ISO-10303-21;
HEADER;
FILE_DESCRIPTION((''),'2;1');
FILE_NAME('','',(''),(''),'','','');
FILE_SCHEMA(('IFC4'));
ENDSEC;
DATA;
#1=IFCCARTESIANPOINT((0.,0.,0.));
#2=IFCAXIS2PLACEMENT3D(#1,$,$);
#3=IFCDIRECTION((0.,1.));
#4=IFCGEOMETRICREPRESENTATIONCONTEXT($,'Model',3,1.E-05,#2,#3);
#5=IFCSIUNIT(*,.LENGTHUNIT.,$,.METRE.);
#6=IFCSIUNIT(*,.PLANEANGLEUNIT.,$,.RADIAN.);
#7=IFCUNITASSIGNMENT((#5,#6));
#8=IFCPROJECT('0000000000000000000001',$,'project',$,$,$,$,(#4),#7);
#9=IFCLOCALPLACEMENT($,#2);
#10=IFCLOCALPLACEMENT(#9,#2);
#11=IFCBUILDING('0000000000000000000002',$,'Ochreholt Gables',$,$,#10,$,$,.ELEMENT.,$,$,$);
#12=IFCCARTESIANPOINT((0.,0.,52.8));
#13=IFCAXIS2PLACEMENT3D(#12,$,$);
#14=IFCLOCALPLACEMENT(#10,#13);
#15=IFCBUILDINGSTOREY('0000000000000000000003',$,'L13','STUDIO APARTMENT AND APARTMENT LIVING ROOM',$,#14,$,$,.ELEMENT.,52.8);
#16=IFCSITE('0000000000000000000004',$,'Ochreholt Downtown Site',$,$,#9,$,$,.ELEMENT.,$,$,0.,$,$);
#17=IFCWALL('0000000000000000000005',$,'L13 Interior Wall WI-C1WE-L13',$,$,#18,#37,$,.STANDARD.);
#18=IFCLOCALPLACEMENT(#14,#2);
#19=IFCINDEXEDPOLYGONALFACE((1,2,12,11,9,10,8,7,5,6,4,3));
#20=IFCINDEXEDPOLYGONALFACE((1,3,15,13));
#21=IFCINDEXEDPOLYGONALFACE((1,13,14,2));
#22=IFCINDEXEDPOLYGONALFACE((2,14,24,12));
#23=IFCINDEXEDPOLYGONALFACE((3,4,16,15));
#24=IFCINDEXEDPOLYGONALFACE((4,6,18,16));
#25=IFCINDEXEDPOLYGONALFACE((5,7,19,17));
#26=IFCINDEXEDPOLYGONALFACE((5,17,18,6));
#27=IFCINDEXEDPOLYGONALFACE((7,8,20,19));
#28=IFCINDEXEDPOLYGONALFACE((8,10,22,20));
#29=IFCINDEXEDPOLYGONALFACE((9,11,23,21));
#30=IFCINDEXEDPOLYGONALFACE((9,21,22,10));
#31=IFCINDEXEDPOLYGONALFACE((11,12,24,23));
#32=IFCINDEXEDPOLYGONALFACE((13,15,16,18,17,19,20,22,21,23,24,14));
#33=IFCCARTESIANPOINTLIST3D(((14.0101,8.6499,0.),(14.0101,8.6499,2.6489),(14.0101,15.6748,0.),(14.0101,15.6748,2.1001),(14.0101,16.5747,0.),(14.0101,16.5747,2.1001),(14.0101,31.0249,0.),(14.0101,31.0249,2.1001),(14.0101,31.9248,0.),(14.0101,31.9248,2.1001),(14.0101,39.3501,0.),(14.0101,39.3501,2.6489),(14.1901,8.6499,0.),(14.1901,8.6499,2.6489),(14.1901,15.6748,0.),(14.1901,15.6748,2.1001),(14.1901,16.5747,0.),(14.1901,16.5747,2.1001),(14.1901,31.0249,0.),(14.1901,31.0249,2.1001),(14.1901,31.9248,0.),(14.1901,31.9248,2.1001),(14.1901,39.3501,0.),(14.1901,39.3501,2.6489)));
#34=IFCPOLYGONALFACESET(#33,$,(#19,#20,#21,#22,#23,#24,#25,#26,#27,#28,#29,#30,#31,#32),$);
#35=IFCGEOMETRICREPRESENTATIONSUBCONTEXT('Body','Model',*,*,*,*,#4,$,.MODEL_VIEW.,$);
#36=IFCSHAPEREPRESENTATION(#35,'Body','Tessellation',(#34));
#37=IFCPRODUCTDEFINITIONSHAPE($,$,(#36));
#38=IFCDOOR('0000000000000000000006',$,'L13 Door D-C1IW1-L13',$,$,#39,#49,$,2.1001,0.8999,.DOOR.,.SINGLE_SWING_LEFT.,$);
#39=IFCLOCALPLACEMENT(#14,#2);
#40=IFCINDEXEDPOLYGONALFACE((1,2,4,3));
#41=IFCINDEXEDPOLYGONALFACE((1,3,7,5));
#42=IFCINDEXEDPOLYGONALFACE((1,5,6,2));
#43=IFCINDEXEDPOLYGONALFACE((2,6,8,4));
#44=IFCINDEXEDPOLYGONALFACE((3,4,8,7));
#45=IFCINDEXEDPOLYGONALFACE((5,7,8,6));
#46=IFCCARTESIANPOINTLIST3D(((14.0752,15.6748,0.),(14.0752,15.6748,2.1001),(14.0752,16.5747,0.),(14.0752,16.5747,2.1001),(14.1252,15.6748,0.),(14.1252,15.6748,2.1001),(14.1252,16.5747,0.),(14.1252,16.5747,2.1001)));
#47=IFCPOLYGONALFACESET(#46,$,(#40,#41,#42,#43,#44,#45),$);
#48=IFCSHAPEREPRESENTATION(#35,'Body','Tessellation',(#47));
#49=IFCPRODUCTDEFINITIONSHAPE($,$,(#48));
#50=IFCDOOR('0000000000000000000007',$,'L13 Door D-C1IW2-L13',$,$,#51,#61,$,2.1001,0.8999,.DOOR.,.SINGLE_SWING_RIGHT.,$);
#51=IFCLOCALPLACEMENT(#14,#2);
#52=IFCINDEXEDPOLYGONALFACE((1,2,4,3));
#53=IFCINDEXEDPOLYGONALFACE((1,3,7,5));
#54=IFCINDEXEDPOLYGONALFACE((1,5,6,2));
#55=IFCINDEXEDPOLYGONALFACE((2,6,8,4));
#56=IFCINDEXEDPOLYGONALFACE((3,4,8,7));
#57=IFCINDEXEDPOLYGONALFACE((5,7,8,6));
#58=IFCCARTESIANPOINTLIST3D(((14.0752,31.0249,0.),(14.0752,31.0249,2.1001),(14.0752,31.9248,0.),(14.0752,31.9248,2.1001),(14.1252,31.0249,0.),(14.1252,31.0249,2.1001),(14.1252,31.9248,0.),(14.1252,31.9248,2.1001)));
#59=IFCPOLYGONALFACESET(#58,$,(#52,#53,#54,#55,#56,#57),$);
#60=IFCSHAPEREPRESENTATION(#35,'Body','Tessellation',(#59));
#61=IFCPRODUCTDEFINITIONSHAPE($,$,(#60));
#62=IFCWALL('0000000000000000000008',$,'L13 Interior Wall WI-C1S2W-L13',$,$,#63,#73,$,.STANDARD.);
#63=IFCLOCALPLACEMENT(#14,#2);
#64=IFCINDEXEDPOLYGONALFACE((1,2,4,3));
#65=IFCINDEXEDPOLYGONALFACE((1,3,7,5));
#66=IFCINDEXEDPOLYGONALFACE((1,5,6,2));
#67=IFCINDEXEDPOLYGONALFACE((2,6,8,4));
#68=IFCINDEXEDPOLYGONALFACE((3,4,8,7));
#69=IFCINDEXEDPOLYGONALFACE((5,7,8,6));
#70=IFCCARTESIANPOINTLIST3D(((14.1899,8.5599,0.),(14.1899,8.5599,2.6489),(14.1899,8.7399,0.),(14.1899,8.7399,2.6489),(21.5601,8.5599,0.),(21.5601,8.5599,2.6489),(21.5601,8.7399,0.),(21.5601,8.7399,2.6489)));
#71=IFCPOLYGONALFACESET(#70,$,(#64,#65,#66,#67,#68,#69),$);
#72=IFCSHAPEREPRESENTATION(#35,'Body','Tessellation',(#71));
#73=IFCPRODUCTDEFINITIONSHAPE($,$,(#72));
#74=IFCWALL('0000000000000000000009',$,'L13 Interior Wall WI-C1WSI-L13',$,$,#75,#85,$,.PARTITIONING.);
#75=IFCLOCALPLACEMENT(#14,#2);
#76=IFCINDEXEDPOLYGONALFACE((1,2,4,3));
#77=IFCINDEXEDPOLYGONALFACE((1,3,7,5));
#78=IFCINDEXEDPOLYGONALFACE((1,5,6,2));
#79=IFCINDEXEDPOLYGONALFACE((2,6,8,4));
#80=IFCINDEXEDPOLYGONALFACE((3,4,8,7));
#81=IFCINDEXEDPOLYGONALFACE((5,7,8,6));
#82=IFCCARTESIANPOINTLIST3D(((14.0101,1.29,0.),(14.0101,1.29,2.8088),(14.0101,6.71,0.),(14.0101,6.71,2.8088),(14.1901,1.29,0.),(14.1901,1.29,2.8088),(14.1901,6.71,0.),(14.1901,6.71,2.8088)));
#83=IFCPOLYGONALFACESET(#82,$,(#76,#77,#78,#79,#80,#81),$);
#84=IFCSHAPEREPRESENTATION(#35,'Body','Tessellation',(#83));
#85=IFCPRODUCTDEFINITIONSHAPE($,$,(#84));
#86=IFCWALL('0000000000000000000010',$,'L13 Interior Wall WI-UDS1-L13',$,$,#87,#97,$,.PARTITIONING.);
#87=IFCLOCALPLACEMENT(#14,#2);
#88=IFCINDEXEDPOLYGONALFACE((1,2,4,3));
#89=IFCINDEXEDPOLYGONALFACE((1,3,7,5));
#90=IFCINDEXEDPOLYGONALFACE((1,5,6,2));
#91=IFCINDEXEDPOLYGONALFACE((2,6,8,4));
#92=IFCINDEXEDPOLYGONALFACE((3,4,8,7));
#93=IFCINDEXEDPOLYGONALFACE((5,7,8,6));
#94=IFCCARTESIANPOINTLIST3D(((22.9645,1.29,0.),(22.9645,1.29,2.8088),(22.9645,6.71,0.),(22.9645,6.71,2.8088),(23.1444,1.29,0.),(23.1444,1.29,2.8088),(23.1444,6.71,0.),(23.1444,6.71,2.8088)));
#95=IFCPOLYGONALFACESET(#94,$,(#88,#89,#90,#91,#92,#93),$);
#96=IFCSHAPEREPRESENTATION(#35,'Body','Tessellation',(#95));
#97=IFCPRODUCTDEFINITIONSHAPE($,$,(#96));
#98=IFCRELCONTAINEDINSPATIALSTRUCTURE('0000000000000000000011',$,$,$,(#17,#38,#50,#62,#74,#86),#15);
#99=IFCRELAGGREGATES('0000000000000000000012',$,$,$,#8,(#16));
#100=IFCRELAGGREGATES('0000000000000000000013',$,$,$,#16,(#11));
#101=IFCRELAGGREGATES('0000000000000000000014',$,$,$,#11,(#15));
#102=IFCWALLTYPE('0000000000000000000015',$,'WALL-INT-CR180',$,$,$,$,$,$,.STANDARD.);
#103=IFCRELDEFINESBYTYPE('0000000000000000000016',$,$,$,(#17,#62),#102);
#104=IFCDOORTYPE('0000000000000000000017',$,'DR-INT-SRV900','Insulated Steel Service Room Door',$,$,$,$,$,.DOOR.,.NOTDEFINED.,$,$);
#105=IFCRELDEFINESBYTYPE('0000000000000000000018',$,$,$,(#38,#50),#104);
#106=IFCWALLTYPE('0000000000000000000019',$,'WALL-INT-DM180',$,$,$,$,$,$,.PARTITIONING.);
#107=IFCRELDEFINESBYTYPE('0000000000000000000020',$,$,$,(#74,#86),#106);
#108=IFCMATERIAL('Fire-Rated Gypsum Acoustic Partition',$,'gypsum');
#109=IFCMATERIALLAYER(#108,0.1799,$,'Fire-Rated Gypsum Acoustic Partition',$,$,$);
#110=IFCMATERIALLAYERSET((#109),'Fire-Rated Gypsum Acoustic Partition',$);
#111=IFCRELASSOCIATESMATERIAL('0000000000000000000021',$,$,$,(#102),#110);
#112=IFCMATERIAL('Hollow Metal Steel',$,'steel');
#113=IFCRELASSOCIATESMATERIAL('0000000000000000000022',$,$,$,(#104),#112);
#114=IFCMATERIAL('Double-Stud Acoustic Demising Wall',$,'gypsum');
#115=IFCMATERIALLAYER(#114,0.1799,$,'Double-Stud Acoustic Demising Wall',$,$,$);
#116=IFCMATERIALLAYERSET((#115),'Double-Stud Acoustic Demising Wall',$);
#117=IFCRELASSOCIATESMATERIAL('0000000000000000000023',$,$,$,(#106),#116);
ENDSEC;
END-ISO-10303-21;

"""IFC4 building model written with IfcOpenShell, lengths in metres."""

from ifc_helpers import new_model, si_unit, direction, frame, frame_2d, origin, place, context, subcontext, project, spatial, rectangle, extrude, material, layer, layer_set, type_object, element, fill, save


model = new_model("IFC4")

# Units and contexts
model_context = context("Model", 3, precision=1e-05, world=origin(), true_north=direction((0.0, 1.0)))
body_context = subcontext(model_context, "Body", "Model", "MODEL_VIEW")
ifc_project = project(units=[si_unit("LENGTHUNIT", "METRE"), si_unit("PLANEANGLEUNIT", "RADIAN")], contexts=[model_context])

# Site, building, storey
site_placement = place(None, origin())
site = spatial("IfcSite", under=ifc_project, at=site_placement, Name="Ochreholt Downtown Site", CompositionType="ELEMENT", RefElevation=0.0)
building_placement = place(site_placement, origin())
building = spatial("IfcBuilding", under=site, at=building_placement, Name="Ochreholt Gables", CompositionType="ELEMENT")
storey_placement = place(building_placement, frame((0.0, 0.0, 52.8)))
storey = spatial("IfcBuildingStorey", under=building, at=storey_placement, Name="L13", Description="STUDIO APARTMENT AND APARTMENT LIVING ROOM", CompositionType="ELEMENT", Elevation=52.8)

# Shared definitions
ifc_material_1 = material(Name="Fire-Rated Gypsum Acoustic Partition", Category="gypsum")
ifc_layer_1 = layer(ifc_material_1, 0.1799, Name="Fire-Rated Gypsum Acoustic Partition")
ifc_layer_set_1 = layer_set([ifc_layer_1], Name="Fire-Rated Gypsum Acoustic Partition")
wall_type_1 = type_object("IfcWallType", Name="WALL-INT-CR180", PredefinedType="STANDARD", material=ifc_layer_set_1)

# Wall, openings, doors
wall_1_placement = place(storey_placement, frame((14.1001, 8.6499, 0.0), z_axis=(0.0, 0.0, 1.0), x_axis=(0.0, 1.0, 0.0)))
wall_1 = element("IfcWall", 1, at=wall_1_placement, inside=storey, type_object=wall_type_1, Name="L13 Interior Wall WI-C1WE-L13", PredefinedType="STANDARD", context=body_context, shape_type="SweptSolid", body=[
    extrude(rectangle(XDim=30.7002, YDim=0.1799, at=frame_2d((15.3501, 0.0))), origin(), (0.0, 0.0, 1.0), 2.6489),
])
opening_1_placement = place(wall_1_placement, frame((7.0249, 0.0, 0.0)))
opening_1 = element("IfcOpeningElement", 2, at=opening_1_placement, cuts=wall_1, PredefinedType="OPENING", context=body_context, shape_type="SweptSolid", body=[
    extrude(rectangle(XDim=0.8999, YDim=2.1001, at=frame_2d((0.45, 1.05))), frame((0.0, 0.0999, 0.0), z_axis=(0.0, -1.0, 0.0), x_axis=(1.0, 0.0, 0.0)), (0.0, 0.0, 1.0), 0.2),
])
opening_2_placement = place(wall_1_placement, frame((22.375, 0.0, 0.0)))
opening_2 = element("IfcOpeningElement", 3, at=opening_2_placement, cuts=wall_1, PredefinedType="OPENING", context=body_context, shape_type="SweptSolid", body=[
    extrude(rectangle(XDim=0.8999, YDim=2.1001, at=frame_2d((0.45, 1.05))), frame((0.0, 0.0999, 0.0), z_axis=(0.0, -1.0, 0.0), x_axis=(1.0, 0.0, 0.0)), (0.0, 0.0, 1.0), 0.2),
])
ifc_material_2 = material(Name="Hollow Metal Steel", Category="steel")
door_type_1 = type_object("IfcDoorType", Name="DR-INT-SRV900", Description="Insulated Steel Service Room Door", OperationType="NOTDEFINED", PredefinedType="DOOR", material=ifc_material_2)
door_1_placement = place(opening_1_placement, origin())
door_1 = element("IfcDoor", 4, at=door_1_placement, inside=storey, type_object=door_type_1, Name="L13 Door D-C1IW1-L13", OperationType="SINGLE_SWING_LEFT", OverallHeight=2.1001, OverallWidth=0.8999, PredefinedType="DOOR", context=body_context, shape_type="SweptSolid", body=[
    extrude(rectangle(XDim=0.8999, YDim=2.1001, at=frame_2d((0.45, 1.05))), frame((0.0, 0.0249, 0.0), z_axis=(0.0, -1.0, 0.0), x_axis=(1.0, 0.0, 0.0)), (0.0, 0.0, 1.0), 0.05),
])
fill(opening_1, door_1)
door_2_placement = place(opening_2_placement, origin())
door_2 = element("IfcDoor", 5, at=door_2_placement, inside=storey, type_object=door_type_1, Name="L13 Door D-C1IW2-L13", OperationType="SINGLE_SWING_RIGHT", OverallHeight=2.1001, OverallWidth=0.8999, PredefinedType="DOOR", context=body_context, shape_type="SweptSolid", body=[
    extrude(rectangle(XDim=0.8999, YDim=2.1001, at=frame_2d((0.45, 1.05))), frame((0.0, 0.0249, 0.0), z_axis=(0.0, -1.0, 0.0), x_axis=(1.0, 0.0, 0.0)), (0.0, 0.0, 1.0), 0.05),
])
fill(opening_2, door_2)

# Walls
wall_2_placement = place(storey_placement, frame((14.1899, 8.6499, 0.0), z_axis=(0.0, 0.0, 1.0), x_axis=(1.0, 0.0, 0.0)))
element("IfcWall", 6, at=wall_2_placement, inside=storey, type_object=wall_type_1, Name="L13 Interior Wall WI-C1S2W-L13", PredefinedType="STANDARD", context=body_context, shape_type="SweptSolid", body=[
    extrude(rectangle(XDim=7.3701, YDim=0.1799, at=frame_2d((3.6851, 0.0))), origin(), (0.0, 0.0, 1.0), 2.6489),
])
ifc_material_3 = material(Name="Double-Stud Acoustic Demising Wall", Category="gypsum")
ifc_layer_2 = layer(ifc_material_3, 0.1799, Name="Double-Stud Acoustic Demising Wall")
ifc_layer_set_2 = layer_set([ifc_layer_2], Name="Double-Stud Acoustic Demising Wall")
wall_type_2 = type_object("IfcWallType", Name="WALL-INT-DM180", PredefinedType="PARTITIONING", material=ifc_layer_set_2)
for number, where, z_axis, x_axis, name in (
    (7, (14.1001, 1.29, 0.0), (0.0, 0.0, 1.0), (0.0, 1.0, 0.0), "L13 Interior Wall WI-C1WSI-L13"),
    (8, (23.0544, 1.29, 0.0), (0.0, 0.0, 1.0), (0.0, 1.0, 0.0), "L13 Interior Wall WI-UDS1-L13"),
):
    element("IfcWall", number, at=place(storey_placement, frame(where, z_axis=z_axis, x_axis=x_axis)), inside=storey, type_object=wall_type_2, Name=name, PredefinedType="PARTITIONING", context=body_context, shape_type="SweptSolid", body=[
        extrude(rectangle(XDim=5.4199, YDim=0.1799, at=frame_2d((2.71, 0.0))), origin(), (0.0, 0.0, 1.0), 2.8088),
    ])

save(model, "model.ifc")
